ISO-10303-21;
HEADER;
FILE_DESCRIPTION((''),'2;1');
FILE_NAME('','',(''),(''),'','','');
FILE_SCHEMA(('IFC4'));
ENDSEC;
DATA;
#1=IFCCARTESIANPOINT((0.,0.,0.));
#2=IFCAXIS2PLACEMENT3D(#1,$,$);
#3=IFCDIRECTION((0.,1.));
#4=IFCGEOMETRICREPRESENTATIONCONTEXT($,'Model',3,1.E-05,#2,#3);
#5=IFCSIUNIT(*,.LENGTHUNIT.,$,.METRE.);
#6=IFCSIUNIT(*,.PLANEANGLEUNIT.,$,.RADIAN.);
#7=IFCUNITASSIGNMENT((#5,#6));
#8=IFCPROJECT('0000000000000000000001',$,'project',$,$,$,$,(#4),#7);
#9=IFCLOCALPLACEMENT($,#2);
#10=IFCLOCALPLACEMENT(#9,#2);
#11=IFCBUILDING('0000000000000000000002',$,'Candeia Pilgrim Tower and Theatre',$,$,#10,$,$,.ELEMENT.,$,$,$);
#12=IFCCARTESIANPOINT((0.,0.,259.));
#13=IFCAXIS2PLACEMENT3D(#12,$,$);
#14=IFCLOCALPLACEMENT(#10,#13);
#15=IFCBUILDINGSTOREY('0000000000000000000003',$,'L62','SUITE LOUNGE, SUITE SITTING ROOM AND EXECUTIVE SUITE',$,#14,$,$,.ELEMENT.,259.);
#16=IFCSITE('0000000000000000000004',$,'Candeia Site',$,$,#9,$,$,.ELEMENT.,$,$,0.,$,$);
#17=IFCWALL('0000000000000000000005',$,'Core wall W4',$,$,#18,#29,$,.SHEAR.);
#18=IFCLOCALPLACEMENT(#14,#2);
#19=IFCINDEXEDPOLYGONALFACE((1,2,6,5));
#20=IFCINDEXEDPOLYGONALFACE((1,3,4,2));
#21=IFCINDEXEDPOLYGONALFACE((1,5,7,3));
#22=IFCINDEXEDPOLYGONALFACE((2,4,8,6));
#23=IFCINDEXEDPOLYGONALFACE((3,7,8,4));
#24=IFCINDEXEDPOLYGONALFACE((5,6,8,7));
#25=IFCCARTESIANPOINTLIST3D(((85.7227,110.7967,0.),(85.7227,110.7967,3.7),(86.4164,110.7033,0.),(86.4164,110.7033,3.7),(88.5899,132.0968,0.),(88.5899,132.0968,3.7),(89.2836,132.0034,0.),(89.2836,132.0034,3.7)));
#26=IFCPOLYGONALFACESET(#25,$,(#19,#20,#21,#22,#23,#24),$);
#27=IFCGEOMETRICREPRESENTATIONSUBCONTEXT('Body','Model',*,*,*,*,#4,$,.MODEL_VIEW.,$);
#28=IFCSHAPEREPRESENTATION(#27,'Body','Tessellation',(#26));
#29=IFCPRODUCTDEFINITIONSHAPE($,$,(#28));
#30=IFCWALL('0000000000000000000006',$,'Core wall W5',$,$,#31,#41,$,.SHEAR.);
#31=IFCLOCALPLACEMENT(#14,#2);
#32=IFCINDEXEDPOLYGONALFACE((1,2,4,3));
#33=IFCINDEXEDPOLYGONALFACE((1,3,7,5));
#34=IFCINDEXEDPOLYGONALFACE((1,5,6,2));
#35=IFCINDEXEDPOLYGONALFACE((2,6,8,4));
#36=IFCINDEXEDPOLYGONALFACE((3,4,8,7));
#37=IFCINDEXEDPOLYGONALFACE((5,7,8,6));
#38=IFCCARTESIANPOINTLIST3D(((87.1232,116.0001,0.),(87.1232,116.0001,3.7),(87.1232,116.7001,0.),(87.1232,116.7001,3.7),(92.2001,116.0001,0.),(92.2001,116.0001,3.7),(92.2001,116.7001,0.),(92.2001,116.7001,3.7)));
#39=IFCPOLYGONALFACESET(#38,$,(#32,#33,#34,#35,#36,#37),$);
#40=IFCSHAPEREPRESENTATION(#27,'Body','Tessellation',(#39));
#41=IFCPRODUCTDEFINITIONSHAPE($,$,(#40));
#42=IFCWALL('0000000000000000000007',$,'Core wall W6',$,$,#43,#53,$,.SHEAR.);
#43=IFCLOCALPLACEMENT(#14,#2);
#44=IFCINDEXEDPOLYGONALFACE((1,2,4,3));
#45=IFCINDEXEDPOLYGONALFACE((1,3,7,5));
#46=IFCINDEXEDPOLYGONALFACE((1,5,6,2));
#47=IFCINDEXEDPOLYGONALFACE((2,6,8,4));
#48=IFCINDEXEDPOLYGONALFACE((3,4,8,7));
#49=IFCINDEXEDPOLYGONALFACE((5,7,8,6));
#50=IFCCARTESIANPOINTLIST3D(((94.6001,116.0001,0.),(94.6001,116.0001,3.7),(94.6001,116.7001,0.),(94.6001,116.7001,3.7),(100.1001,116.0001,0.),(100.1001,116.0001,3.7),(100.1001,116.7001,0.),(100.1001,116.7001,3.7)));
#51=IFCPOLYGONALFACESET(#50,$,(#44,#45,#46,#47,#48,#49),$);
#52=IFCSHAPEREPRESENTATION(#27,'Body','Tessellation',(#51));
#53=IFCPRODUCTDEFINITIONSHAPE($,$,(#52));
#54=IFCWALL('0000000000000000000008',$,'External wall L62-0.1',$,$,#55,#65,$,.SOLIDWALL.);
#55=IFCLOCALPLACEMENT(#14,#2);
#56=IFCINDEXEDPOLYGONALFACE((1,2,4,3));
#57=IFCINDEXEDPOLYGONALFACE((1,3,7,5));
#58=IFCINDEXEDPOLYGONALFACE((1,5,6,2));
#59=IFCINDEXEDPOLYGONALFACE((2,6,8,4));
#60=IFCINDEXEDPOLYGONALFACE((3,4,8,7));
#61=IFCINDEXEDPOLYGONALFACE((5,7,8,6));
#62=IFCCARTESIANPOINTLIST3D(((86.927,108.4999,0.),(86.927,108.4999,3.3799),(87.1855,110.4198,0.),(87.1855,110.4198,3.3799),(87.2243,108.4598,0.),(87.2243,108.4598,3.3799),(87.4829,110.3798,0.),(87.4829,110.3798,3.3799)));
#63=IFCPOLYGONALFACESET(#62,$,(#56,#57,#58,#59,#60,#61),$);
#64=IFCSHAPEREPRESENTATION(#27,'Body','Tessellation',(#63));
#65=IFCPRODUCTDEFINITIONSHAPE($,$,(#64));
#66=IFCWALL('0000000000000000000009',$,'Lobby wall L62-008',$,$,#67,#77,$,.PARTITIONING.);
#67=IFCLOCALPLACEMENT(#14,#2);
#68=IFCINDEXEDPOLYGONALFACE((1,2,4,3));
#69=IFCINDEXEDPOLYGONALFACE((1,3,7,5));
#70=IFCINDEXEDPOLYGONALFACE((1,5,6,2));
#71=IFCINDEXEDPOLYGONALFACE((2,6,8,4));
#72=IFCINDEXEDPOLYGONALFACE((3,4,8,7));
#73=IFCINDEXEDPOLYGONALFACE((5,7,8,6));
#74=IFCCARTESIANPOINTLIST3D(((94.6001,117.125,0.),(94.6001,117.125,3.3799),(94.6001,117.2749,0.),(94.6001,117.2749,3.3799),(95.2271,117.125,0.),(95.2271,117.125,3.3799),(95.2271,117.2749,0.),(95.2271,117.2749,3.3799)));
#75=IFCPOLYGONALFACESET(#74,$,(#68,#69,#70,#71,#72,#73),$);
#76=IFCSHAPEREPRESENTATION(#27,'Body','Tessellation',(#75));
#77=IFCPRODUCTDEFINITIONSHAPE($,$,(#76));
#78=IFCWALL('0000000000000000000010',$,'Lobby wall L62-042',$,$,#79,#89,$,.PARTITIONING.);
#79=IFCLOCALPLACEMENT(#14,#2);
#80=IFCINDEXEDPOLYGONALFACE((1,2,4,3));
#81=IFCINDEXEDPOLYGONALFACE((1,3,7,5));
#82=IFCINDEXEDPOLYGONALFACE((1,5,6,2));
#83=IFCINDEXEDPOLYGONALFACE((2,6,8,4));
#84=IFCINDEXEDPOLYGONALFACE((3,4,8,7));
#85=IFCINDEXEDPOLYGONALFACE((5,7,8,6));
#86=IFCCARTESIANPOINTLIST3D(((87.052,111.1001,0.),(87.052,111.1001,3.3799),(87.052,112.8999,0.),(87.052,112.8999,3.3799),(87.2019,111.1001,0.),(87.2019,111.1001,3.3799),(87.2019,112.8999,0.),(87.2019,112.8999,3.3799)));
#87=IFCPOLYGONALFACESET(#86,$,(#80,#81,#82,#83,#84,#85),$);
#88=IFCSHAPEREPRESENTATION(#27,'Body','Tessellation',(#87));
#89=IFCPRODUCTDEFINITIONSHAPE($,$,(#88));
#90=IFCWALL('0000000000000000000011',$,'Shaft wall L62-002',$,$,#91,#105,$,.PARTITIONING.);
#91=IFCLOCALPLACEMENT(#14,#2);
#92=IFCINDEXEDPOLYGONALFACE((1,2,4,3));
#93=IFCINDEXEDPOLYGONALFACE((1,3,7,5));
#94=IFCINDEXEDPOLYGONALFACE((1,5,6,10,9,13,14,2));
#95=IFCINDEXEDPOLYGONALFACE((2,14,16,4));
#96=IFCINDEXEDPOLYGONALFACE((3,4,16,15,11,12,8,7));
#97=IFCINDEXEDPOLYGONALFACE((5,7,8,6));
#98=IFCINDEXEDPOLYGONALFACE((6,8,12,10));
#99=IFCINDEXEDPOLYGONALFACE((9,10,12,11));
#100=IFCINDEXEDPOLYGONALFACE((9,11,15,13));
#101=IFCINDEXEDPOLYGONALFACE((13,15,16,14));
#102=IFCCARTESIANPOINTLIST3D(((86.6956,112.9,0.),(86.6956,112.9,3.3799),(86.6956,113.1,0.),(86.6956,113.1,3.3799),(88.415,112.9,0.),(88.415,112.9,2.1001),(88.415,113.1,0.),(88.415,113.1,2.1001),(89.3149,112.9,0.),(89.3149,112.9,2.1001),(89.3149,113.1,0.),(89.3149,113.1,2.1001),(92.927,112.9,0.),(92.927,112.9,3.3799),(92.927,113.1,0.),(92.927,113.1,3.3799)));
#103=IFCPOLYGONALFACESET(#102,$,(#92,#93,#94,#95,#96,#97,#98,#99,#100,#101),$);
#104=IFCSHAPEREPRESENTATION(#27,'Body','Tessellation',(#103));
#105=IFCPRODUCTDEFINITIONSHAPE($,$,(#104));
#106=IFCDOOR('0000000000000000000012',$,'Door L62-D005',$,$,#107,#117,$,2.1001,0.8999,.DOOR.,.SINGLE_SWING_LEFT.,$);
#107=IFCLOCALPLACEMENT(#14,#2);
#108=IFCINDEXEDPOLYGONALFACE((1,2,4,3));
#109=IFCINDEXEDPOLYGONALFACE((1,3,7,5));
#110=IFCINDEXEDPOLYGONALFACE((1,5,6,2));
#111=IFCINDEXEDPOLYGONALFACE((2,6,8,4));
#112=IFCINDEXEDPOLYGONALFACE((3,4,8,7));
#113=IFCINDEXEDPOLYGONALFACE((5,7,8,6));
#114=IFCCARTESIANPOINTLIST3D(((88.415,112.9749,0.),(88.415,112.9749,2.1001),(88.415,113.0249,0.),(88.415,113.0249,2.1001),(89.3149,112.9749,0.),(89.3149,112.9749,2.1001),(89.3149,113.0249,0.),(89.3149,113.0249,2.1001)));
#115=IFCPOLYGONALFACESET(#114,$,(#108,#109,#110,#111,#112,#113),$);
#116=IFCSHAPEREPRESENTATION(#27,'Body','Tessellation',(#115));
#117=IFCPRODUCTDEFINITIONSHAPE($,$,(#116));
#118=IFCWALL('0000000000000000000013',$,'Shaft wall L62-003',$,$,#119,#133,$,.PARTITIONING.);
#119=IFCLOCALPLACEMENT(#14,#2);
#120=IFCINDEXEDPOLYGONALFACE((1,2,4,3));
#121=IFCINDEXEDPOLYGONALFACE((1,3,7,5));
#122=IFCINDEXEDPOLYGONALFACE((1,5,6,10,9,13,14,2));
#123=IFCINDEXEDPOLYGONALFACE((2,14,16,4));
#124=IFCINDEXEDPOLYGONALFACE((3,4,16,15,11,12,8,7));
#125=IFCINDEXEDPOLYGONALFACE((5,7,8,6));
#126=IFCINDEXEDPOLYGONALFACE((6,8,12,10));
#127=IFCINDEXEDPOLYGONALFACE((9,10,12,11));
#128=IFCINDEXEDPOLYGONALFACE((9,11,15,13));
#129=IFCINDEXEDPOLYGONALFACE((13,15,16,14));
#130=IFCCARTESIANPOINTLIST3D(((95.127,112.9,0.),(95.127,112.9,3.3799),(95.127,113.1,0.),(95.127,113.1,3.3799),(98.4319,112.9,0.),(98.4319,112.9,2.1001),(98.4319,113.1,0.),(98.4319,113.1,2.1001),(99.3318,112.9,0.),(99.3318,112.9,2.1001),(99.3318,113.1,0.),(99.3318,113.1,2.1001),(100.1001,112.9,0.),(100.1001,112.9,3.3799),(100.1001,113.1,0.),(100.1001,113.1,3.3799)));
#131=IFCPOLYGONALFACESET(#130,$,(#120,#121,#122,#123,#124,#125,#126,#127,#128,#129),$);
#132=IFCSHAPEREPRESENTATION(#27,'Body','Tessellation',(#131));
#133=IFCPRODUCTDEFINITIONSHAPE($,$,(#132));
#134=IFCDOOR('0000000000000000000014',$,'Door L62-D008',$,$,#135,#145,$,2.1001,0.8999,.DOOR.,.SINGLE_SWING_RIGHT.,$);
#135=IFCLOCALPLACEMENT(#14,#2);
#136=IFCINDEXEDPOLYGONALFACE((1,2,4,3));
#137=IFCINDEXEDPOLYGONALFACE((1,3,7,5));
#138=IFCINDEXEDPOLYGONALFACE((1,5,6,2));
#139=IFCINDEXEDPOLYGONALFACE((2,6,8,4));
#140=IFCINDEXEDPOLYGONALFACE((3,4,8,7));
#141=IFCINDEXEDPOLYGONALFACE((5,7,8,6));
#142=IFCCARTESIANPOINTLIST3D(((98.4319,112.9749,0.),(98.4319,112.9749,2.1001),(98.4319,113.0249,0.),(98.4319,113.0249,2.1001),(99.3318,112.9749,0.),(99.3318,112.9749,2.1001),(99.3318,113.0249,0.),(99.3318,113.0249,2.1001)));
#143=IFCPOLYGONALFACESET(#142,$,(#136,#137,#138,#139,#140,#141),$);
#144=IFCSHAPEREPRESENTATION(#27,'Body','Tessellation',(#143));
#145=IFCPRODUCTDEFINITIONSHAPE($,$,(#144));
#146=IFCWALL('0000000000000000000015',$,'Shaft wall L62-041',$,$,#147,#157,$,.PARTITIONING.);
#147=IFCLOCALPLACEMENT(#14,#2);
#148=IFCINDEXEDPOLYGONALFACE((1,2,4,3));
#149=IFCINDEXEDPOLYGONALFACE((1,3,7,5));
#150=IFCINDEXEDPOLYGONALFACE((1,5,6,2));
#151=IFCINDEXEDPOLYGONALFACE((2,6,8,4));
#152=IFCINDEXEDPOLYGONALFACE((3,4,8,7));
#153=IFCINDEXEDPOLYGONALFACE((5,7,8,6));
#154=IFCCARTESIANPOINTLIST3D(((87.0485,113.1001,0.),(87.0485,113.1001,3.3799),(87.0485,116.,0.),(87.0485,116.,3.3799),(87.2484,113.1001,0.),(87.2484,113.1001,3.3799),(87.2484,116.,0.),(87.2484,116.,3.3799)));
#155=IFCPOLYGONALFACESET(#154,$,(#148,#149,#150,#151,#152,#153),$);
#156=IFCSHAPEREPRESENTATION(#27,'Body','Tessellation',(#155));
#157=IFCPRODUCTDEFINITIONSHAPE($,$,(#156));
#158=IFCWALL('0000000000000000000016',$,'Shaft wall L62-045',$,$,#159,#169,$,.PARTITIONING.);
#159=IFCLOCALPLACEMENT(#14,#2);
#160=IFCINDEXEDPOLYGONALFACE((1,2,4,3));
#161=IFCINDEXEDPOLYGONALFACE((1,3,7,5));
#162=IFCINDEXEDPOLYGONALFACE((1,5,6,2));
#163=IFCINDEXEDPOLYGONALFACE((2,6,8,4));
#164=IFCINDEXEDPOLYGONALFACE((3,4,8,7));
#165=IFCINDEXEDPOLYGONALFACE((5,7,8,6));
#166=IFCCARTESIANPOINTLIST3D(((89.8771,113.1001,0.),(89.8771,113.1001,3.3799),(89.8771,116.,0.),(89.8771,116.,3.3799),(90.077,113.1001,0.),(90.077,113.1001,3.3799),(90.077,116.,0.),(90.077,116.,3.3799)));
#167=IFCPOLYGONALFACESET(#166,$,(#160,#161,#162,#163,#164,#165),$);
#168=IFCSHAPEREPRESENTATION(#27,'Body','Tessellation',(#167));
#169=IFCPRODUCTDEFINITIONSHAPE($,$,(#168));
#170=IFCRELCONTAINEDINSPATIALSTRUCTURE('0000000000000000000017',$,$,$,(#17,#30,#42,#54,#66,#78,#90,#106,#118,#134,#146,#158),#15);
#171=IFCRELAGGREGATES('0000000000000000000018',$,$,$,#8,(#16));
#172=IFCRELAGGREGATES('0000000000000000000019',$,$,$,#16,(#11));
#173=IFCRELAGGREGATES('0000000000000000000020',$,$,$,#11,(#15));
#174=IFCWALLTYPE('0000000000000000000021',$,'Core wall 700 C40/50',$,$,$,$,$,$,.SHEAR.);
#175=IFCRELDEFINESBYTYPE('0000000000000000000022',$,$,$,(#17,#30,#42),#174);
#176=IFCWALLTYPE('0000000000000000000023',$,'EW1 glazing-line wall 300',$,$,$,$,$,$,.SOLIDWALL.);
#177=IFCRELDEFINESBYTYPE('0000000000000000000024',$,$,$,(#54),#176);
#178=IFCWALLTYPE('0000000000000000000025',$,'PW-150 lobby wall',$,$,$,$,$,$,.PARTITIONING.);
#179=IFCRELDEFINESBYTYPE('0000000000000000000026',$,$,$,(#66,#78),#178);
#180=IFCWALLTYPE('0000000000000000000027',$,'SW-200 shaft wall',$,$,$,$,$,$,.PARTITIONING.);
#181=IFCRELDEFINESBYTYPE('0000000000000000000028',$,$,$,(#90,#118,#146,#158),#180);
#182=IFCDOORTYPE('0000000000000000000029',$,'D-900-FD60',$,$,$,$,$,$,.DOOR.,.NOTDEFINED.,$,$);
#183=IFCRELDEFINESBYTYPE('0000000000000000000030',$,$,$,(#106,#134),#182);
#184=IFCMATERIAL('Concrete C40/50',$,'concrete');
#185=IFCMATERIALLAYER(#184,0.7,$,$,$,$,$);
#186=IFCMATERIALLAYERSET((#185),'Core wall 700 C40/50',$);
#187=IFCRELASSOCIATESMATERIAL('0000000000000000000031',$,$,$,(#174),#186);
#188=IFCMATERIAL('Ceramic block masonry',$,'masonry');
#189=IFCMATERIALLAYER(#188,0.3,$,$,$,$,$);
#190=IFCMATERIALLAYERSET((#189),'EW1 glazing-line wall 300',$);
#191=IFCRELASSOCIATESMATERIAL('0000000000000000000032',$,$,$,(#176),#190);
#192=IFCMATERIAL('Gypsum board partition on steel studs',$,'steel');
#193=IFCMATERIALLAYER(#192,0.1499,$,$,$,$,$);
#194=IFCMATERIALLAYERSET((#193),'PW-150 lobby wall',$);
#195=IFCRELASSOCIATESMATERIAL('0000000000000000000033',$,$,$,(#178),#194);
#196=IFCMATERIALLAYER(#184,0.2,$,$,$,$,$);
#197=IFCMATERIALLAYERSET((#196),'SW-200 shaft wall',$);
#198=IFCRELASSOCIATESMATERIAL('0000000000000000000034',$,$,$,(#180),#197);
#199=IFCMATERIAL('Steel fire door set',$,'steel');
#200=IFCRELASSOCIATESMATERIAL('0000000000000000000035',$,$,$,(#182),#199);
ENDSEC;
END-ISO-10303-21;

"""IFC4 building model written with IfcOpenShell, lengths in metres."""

from ifc_helpers import new_model, si_unit, direction, frame, frame_2d, origin, place, context, subcontext, project, spatial, rectangle, extrude, material, layer, layer_set, type_object, element, fill, save


model = new_model("IFC4")

# Units and contexts
model_context = context("Model", 3, precision=1e-05, world=origin(), true_north=direction((0.0, 1.0)))
body_context = subcontext(model_context, "Body", "Model", "MODEL_VIEW")
ifc_project = project(units=[si_unit("LENGTHUNIT", "METRE"), si_unit("PLANEANGLEUNIT", "RADIAN")], contexts=[model_context])

# Site, building, storey
site_placement = place(None, origin())
site = spatial("IfcSite", under=ifc_project, at=site_placement, Name="Candeia Site", CompositionType="ELEMENT", RefElevation=0.0)
building_placement = place(site_placement, origin())
building = spatial("IfcBuilding", under=site, at=building_placement, Name="Candeia Pilgrim Tower and Theatre", CompositionType="ELEMENT")
storey_placement = place(building_placement, frame((0.0, 0.0, 259.0)))
storey = spatial("IfcBuildingStorey", under=building, at=storey_placement, Name="L62", Description="SUITE LOUNGE, SUITE SITTING ROOM AND EXECUTIVE SUITE", CompositionType="ELEMENT", Elevation=259.0)

# Walls
ifc_material_1 = material(Name="Concrete C40/50", Category="concrete")
ifc_layer_1 = layer(ifc_material_1, 0.7)
ifc_layer_set_1 = layer_set([ifc_layer_1], Name="Core wall 700 C40/50")
wall_type_1 = type_object("IfcWallType", Name="Core wall 700 C40/50", PredefinedType="SHEAR", material=ifc_layer_set_1)
wall_1_placement = place(storey_placement, frame((86.0696, 110.75, 0.0), z_axis=(0.0, 0.0, 1.0), x_axis=(0.133406, 0.991061, 0.0)))
element("IfcWall", 1, at=wall_1_placement, inside=storey, type_object=wall_type_1, Name="Core wall W4", PredefinedType="SHEAR", context=body_context, shape_type="SweptSolid", body=[
    extrude(rectangle(XDim=21.4922, YDim=0.7, at=frame_2d((10.7461, 0.0))), origin(), (0.0, 0.0, 1.0), 3.7),
])
wall_2_placement = place(storey_placement, frame((87.123, 116.3501, 0.0), z_axis=(0.0, 0.0, 1.0), x_axis=(1.0, 0.0, 0.0)))
element("IfcWall", 2, at=wall_2_placement, inside=storey, type_object=wall_type_1, Name="Core wall W5", PredefinedType="SHEAR", context=body_context, shape_type="SweptSolid", body=[
    extrude(rectangle(XDim=5.0769, YDim=0.7, at=frame_2d((2.5386, 0.0))), origin(), (0.0, 0.0, 1.0), 3.7),
])
wall_3_placement = place(storey_placement, frame((94.6001, 116.3501, 0.0), z_axis=(0.0, 0.0, 1.0), x_axis=(1.0, 0.0, 0.0)))
element("IfcWall", 3, at=wall_3_placement, inside=storey, type_object=wall_type_1, Name="Core wall W6", PredefinedType="SHEAR", context=body_context, shape_type="SweptSolid", body=[
    extrude(rectangle(XDim=5.5, YDim=0.7, at=frame_2d((2.75, 0.0))), origin(), (0.0, 0.0, 1.0), 3.7),
])
ifc_material_2 = material(Name="Ceramic block masonry", Category="masonry")
ifc_layer_2 = layer(ifc_material_2, 0.3)
ifc_layer_set_2 = layer_set([ifc_layer_2], Name="EW1 glazing-line wall 300")
wall_type_2 = type_object("IfcWallType", Name="EW1 glazing-line wall 300", PredefinedType="SOLIDWALL", material=ifc_layer_set_2)
wall_4_placement = place(storey_placement, frame((87.3342, 110.3999, 0.0), z_axis=(0.0, 0.0, 1.0), x_axis=(-0.13346, -0.991054, 0.0)))
element("IfcWall", 4, at=wall_4_placement, inside=storey, type_object=wall_type_2, Name="External wall L62-0.1", PredefinedType="SOLIDWALL", context=body_context, shape_type="SweptSolid", body=[
    extrude(rectangle(XDim=1.9373, YDim=0.3, at=frame_2d((0.9688, 0.0))), origin(), (0.0, 0.0, 1.0), 3.3799),
])
ifc_material_3 = material(Name="Gypsum board partition on steel studs", Category="steel")
ifc_layer_3 = layer(ifc_material_3, 0.1499)
ifc_layer_set_3 = layer_set([ifc_layer_3], Name="PW-150 lobby wall")
wall_type_3 = type_object("IfcWallType", Name="PW-150 lobby wall", PredefinedType="PARTITIONING", material=ifc_layer_set_3)
wall_5_placement = place(storey_placement, frame((94.6001, 117.2, 0.0), z_axis=(0.0, 0.0, 1.0), x_axis=(1.0, 0.0, 0.0)))
element("IfcWall", 5, at=wall_5_placement, inside=storey, type_object=wall_type_3, Name="Lobby wall L62-008", PredefinedType="PARTITIONING", context=body_context, shape_type="SweptSolid", body=[
    extrude(rectangle(XDim=0.627, YDim=0.1499, at=frame_2d((0.3135, 0.0))), origin(), (0.0, 0.0, 1.0), 3.3799),
])
wall_6_placement = place(storey_placement, frame((87.127, 111.1001, 0.0), z_axis=(0.0, 0.0, 1.0), x_axis=(0.0, 1.0, 0.0)))
element("IfcWall", 6, at=wall_6_placement, inside=storey, type_object=wall_type_3, Name="Lobby wall L62-042", PredefinedType="PARTITIONING", context=body_context, shape_type="SweptSolid", body=[
    extrude(rectangle(XDim=1.7998, YDim=0.1499, at=frame_2d((0.8999, 0.0))), origin(), (0.0, 0.0, 1.0), 3.3799),
])

# Walls, openings, doors
ifc_layer_4 = layer(ifc_material_1, 0.2)
ifc_layer_set_4 = layer_set([ifc_layer_4], Name="SW-200 shaft wall")
wall_type_4 = type_object("IfcWallType", Name="SW-200 shaft wall", PredefinedType="PARTITIONING", material=ifc_layer_set_4)
wall_7_placement = place(storey_placement, frame((86.6956, 113.0, 0.0), z_axis=(0.0, 0.0, 1.0), x_axis=(1.0, 0.0, 0.0)))
wall_7 = element("IfcWall", 7, at=wall_7_placement, inside=storey, type_object=wall_type_4, Name="Shaft wall L62-002", PredefinedType="PARTITIONING", context=body_context, shape_type="SweptSolid", body=[
    extrude(rectangle(XDim=6.2314, YDim=0.2, at=frame_2d((3.1157, 0.0))), origin(), (0.0, 0.0, 1.0), 3.3799),
])
opening_1_placement = place(wall_7_placement, frame((1.7195, 0.0, 0.0)))
opening_1 = element("IfcOpeningElement", 8, at=opening_1_placement, cuts=wall_7, PredefinedType="OPENING", context=body_context, shape_type="SweptSolid", body=[
    extrude(rectangle(XDim=0.8999, YDim=2.1001, at=frame_2d((0.45, 1.05))), frame((0.0, 0.1099, 0.0), z_axis=(0.0, -1.0, 0.0), x_axis=(1.0, 0.0, 0.0)), (0.0, 0.0, 1.0), 0.22),
])
ifc_material_4 = material(Name="Steel fire door set", Category="steel")
door_type_1 = type_object("IfcDoorType", Name="D-900-FD60", OperationType="NOTDEFINED", PredefinedType="DOOR", material=ifc_material_4)
door_1_placement = place(opening_1_placement, origin())
door_1 = element("IfcDoor", 9, at=door_1_placement, inside=storey, type_object=door_type_1, Name="Door L62-D005", OperationType="SINGLE_SWING_LEFT", OverallHeight=2.1001, OverallWidth=0.8999, PredefinedType="DOOR", context=body_context, shape_type="SweptSolid", body=[
    extrude(rectangle(XDim=0.8999, YDim=2.1001, at=frame_2d((0.45, 1.05))), frame((0.0, 0.0249, 0.0), z_axis=(0.0, -1.0, 0.0), x_axis=(1.0, 0.0, 0.0)), (0.0, 0.0, 1.0), 0.05),
])
fill(opening_1, door_1)
wall_8_placement = place(storey_placement, frame((95.127, 113.0, 0.0), z_axis=(0.0, 0.0, 1.0), x_axis=(1.0, 0.0, 0.0)))
wall_8 = element("IfcWall", 10, at=wall_8_placement, inside=storey, type_object=wall_type_4, Name="Shaft wall L62-003", PredefinedType="PARTITIONING", context=body_context, shape_type="SweptSolid", body=[
    extrude(rectangle(XDim=4.9731, YDim=0.2, at=frame_2d((2.4866, 0.0))), origin(), (0.0, 0.0, 1.0), 3.3799),
])
opening_2_placement = place(wall_8_placement, frame((3.3049, 0.0, 0.0)))
opening_2 = element("IfcOpeningElement", 11, at=opening_2_placement, cuts=wall_8, PredefinedType="OPENING", context=body_context, shape_type="SweptSolid", body=[
    extrude(rectangle(XDim=0.8999, YDim=2.1001, at=frame_2d((0.45, 1.05))), frame((0.0, 0.1099, 0.0), z_axis=(0.0, -1.0, 0.0), x_axis=(1.0, 0.0, 0.0)), (0.0, 0.0, 1.0), 0.22),
])
door_2_placement = place(opening_2_placement, origin())
door_2 = element("IfcDoor", 12, at=door_2_placement, inside=storey, type_object=door_type_1, Name="Door L62-D008", OperationType="SINGLE_SWING_RIGHT", OverallHeight=2.1001, OverallWidth=0.8999, PredefinedType="DOOR", context=body_context, shape_type="SweptSolid", body=[
    extrude(rectangle(XDim=0.8999, YDim=2.1001, at=frame_2d((0.45, 1.05))), frame((0.0, 0.0249, 0.0), z_axis=(0.0, -1.0, 0.0), x_axis=(1.0, 0.0, 0.0)), (0.0, 0.0, 1.0), 0.05),
])
fill(opening_2, door_2)

# Walls
for number, where, z_axis, x_axis, name in (
    (13, (87.1484, 113.1001, 0.0), (0.0, 0.0, 1.0), (0.0, 1.0, 0.0), "Shaft wall L62-041"),
    (14, (89.9771, 113.1001, 0.0), (0.0, 0.0, 1.0), (0.0, 1.0, 0.0), "Shaft wall L62-045"),
):
    element("IfcWall", number, at=place(storey_placement, frame(where, z_axis=z_axis, x_axis=x_axis)), inside=storey, type_object=wall_type_4, Name=name, PredefinedType="PARTITIONING", context=body_context, shape_type="SweptSolid", body=[
        extrude(rectangle(XDim=2.8999, YDim=0.2, at=frame_2d((1.45, 0.0))), origin(), (0.0, 0.0, 1.0), 3.3799),
    ])

save(model, "model.ifc")
